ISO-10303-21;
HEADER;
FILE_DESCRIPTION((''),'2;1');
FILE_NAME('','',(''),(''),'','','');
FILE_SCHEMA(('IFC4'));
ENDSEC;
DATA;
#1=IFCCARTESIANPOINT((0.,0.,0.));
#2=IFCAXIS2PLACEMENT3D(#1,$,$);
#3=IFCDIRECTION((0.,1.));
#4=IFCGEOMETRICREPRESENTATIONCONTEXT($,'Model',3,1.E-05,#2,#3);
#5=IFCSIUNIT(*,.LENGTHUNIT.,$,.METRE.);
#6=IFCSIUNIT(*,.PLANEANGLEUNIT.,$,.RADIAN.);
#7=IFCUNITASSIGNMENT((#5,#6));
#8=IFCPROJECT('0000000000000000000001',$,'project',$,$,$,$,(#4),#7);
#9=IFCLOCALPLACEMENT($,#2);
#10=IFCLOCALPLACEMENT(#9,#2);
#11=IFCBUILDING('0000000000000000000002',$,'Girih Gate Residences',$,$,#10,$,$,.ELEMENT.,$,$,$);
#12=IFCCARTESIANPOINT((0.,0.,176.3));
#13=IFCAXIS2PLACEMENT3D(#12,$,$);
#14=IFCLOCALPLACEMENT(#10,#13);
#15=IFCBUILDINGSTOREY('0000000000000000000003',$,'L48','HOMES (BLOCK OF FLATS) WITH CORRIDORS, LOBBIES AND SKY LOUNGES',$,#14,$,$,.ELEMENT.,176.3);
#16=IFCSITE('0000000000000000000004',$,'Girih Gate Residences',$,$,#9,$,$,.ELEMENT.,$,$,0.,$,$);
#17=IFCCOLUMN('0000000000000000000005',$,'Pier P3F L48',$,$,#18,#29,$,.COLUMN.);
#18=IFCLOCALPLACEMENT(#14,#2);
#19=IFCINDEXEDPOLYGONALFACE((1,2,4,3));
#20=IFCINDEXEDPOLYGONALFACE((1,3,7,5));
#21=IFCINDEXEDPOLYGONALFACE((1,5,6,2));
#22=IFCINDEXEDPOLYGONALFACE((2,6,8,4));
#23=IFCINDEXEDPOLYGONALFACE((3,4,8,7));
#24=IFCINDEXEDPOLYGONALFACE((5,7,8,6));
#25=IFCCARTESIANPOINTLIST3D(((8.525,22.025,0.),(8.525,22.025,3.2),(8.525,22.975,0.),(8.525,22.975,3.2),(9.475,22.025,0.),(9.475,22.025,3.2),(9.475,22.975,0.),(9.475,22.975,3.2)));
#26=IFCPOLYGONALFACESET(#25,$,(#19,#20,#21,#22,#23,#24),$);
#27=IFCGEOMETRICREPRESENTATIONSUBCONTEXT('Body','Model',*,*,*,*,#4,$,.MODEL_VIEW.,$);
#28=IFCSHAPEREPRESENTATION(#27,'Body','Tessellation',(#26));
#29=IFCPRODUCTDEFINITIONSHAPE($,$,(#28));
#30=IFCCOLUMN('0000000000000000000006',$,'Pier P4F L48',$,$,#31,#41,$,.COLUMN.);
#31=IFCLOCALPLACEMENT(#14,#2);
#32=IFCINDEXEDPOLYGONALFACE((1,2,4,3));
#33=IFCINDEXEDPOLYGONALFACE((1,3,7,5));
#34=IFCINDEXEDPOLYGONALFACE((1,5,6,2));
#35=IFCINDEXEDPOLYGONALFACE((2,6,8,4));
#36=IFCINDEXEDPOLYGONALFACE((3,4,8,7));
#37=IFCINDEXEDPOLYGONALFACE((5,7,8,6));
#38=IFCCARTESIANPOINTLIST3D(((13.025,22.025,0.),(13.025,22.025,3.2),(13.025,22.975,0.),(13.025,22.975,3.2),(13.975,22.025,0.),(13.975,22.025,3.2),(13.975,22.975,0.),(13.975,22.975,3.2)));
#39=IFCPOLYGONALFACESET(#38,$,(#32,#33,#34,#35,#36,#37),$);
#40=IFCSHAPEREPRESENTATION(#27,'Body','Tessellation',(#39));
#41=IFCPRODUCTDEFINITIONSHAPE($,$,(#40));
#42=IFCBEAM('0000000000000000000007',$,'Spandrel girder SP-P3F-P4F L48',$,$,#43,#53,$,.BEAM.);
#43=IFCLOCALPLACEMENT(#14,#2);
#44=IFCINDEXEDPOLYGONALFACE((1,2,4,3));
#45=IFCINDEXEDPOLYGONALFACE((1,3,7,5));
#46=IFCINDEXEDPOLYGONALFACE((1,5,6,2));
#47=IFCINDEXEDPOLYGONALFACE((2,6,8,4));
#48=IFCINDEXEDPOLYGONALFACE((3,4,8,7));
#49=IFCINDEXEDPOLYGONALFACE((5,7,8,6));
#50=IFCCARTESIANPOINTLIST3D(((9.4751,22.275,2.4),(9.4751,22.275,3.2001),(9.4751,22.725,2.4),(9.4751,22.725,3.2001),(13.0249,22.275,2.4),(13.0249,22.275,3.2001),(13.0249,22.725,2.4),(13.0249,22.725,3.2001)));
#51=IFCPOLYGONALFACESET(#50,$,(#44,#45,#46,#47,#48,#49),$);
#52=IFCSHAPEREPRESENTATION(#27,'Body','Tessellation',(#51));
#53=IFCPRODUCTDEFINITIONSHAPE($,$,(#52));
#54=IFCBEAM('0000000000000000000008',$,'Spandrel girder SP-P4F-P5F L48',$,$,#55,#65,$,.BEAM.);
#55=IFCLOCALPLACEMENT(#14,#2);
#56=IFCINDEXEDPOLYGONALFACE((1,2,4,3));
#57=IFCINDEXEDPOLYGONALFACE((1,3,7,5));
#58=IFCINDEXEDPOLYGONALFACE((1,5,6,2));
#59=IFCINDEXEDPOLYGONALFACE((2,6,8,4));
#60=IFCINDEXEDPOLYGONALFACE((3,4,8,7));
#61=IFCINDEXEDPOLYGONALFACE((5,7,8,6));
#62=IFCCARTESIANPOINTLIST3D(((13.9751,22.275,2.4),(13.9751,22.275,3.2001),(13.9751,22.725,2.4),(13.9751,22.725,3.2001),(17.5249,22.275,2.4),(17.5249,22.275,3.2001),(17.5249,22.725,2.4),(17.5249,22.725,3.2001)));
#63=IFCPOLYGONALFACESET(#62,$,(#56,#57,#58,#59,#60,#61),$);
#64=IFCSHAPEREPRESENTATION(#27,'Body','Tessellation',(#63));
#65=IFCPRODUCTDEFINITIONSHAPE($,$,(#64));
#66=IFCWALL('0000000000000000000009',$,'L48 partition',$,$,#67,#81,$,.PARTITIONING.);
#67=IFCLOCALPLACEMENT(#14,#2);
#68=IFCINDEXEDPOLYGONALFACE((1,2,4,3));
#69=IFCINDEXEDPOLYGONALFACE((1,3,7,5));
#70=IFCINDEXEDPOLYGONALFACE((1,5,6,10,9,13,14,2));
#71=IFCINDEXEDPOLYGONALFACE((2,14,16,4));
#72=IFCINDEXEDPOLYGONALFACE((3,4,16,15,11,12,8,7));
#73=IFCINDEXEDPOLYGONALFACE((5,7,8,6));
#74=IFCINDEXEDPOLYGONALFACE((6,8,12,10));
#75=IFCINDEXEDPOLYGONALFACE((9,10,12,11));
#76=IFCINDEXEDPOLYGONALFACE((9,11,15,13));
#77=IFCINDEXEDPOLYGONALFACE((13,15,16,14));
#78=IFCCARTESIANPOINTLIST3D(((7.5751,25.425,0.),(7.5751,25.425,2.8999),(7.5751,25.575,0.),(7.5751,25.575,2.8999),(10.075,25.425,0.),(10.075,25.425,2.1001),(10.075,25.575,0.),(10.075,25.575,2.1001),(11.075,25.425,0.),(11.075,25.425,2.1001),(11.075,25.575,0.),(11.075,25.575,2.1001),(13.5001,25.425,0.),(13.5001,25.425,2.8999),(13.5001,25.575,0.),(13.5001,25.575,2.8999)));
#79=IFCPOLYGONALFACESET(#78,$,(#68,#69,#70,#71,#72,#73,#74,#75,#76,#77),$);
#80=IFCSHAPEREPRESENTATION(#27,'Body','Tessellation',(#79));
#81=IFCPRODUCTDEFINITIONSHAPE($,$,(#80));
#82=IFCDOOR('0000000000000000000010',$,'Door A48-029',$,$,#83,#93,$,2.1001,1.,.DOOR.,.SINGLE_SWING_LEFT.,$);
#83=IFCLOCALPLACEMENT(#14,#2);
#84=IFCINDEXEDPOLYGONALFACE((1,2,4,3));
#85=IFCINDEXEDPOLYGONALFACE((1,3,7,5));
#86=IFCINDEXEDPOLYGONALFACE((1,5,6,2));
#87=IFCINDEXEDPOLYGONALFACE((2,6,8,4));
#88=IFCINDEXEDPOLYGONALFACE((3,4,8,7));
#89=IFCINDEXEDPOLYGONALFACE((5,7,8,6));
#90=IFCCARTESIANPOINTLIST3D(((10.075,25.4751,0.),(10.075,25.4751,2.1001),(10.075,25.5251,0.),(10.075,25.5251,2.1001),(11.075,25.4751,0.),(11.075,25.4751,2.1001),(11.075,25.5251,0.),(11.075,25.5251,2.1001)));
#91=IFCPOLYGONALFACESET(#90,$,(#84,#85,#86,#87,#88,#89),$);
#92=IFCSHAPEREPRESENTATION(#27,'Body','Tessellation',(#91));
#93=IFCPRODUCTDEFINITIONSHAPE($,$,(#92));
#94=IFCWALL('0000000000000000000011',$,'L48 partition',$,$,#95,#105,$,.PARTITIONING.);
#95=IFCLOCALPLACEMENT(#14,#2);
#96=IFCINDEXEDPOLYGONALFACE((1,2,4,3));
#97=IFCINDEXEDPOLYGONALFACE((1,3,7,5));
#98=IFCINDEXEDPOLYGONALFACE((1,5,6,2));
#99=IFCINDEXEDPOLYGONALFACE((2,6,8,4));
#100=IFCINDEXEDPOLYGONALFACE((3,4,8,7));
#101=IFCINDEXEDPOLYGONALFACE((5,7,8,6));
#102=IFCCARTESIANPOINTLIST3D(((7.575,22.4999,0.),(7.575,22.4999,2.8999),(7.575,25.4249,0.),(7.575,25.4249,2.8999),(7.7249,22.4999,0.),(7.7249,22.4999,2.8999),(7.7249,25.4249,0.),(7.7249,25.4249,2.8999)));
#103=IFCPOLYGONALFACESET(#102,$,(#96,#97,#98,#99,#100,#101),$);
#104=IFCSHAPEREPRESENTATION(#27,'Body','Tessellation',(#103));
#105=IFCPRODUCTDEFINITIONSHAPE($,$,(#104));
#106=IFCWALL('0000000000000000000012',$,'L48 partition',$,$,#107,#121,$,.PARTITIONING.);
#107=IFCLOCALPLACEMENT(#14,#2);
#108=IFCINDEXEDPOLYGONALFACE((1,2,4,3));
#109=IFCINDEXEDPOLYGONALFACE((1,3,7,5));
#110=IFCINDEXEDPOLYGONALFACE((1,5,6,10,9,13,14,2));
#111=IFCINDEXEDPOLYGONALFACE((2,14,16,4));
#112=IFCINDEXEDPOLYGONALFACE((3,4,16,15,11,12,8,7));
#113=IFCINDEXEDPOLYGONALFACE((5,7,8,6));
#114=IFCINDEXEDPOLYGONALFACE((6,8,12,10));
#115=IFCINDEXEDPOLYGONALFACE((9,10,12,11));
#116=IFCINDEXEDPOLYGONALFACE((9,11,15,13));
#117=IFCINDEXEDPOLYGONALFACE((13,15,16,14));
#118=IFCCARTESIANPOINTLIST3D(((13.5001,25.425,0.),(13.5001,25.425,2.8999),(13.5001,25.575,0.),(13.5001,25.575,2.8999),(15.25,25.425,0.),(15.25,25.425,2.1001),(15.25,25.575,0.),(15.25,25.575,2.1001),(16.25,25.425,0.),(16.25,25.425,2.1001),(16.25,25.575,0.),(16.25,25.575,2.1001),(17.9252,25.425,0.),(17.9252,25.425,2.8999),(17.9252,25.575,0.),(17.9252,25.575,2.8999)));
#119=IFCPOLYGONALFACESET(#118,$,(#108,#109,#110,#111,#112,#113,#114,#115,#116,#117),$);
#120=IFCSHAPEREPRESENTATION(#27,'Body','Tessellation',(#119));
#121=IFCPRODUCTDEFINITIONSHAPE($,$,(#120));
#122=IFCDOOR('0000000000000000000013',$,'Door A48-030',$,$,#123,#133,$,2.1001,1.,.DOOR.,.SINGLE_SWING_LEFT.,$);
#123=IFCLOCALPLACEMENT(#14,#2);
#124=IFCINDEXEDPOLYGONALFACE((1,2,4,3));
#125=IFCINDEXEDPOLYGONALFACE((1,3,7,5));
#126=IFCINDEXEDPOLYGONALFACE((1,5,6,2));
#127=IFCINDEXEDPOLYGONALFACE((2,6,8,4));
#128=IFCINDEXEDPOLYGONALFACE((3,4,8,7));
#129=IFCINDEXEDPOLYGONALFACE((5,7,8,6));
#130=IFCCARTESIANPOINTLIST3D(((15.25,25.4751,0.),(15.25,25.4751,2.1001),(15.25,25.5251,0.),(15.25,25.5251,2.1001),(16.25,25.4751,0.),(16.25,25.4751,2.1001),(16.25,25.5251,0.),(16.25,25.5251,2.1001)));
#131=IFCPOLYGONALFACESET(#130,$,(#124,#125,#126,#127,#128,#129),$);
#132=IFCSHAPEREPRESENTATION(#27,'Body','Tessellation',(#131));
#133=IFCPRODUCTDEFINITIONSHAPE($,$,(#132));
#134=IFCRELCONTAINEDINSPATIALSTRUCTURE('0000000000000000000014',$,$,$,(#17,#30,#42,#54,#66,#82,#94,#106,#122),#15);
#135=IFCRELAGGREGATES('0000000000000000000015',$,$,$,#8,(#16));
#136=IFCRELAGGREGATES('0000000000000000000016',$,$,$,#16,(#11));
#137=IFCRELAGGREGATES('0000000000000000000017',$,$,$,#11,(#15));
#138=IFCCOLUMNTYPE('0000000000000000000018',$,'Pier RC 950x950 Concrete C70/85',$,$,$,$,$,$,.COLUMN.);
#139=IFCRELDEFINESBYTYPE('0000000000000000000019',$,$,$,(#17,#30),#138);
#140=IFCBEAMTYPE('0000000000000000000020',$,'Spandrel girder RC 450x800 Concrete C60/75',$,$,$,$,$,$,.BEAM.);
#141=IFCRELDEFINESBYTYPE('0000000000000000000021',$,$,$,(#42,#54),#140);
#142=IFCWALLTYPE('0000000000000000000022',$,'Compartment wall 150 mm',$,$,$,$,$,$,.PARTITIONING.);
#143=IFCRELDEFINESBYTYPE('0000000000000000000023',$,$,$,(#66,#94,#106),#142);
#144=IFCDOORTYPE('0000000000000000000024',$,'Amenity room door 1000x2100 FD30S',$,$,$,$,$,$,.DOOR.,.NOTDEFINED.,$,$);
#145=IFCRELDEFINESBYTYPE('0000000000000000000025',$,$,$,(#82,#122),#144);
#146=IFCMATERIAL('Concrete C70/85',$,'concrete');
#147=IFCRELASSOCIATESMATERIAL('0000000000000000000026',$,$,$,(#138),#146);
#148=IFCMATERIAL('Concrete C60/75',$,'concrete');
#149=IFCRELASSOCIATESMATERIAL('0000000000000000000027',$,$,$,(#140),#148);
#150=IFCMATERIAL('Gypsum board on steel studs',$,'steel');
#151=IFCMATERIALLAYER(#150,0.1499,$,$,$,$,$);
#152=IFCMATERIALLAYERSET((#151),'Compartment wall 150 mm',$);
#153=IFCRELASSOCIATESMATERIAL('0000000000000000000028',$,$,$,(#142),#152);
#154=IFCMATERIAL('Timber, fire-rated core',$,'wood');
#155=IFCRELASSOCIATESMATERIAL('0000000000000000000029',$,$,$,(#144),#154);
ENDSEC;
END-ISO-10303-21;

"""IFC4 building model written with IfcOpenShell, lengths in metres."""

from ifc_helpers import new_model, si_unit, direction, frame, frame_2d, origin, origin_2d, place, context, subcontext, project, spatial, rectangle, extrude, material, layer, layer_set, material_profile, profile_set, type_object, element, fill, save


model = new_model("IFC4")

# Units and contexts
model_context = context("Model", 3, precision=1e-05, world=origin(), true_north=direction((0.0, 1.0)))
body_context = subcontext(model_context, "Body", "Model", "MODEL_VIEW")
ifc_project = project(units=[si_unit("LENGTHUNIT", "METRE"), si_unit("PLANEANGLEUNIT", "RADIAN")], contexts=[model_context])

# Site, building, storey
site_placement = place(None, origin())
site = spatial("IfcSite", under=ifc_project, at=site_placement, Name="Girih Gate Residences", CompositionType="ELEMENT", RefElevation=0.0)
building_placement = place(site_placement, origin())
building = spatial("IfcBuilding", under=site, at=building_placement, Name="Girih Gate Residences", CompositionType="ELEMENT")
storey_placement = place(building_placement, frame((0.0, 0.0, 176.3)))
storey = spatial("IfcBuildingStorey", under=building, at=storey_placement, Name="L48", Description="HOMES (BLOCK OF FLATS) WITH CORRIDORS, LOBBIES AND SKY LOUNGES", CompositionType="ELEMENT", Elevation=176.3)

# Columns
ifc_material_1 = material(Name="Concrete C70/85", Category="concrete")
ifc_material_profile_1 = material_profile(ifc_material_1, rectangle(XDim=0.95, YDim=0.95, at=origin_2d()))
ifc_profile_set_1 = profile_set([ifc_material_profile_1], Name="Concrete C70/85")
column_type = type_object("IfcColumnType", Name="Pier RC 950x950 Concrete C70/85", PredefinedType="COLUMN", material=ifc_profile_set_1)
for number, where, z_axis, x_axis, name in (
    (1, (9.0, 22.5, 0.0), (0.0, 0.0, 1.0), (1.0, 0.0, 0.0), "Pier P3F L48"),
    (2, (13.5, 22.5, 0.0), (0.0, 0.0, 1.0), (1.0, 0.0, 0.0), "Pier P4F L48"),
):
    element("IfcColumn", number, at=place(storey_placement, frame(where, z_axis=z_axis, x_axis=x_axis)), inside=storey, type_object=column_type, Name=name, PredefinedType="COLUMN", context=body_context, shape_type="SweptSolid", body=[
        extrude(rectangle(XDim=0.95, YDim=0.95, at=origin_2d()), origin(), (0.0, 0.0, 1.0), 3.2),
    ])

# Beams
ifc_material_2 = material(Name="Concrete C60/75", Category="concrete")
ifc_material_profile_2 = material_profile(ifc_material_2, rectangle(XDim=0.45, YDim=0.8, at=origin_2d()))
ifc_profile_set_2 = profile_set([ifc_material_profile_2], Name="Concrete C60/75")
beam_type = type_object("IfcBeamType", Name="Spandrel girder RC 450x800 Concrete C60/75", PredefinedType="BEAM", material=ifc_profile_set_2)
for number, where, z_axis, x_axis, name in (
    (3, (9.4751, 22.5, 2.8), (1.0, 0.0, 0.0), (0.0, 1.0, 0.0), "Spandrel girder SP-P3F-P4F L48"),
    (4, (13.9751, 22.5, 2.8), (1.0, 0.0, 0.0), (0.0, 1.0, 0.0), "Spandrel girder SP-P4F-P5F L48"),
):
    element("IfcBeam", number, at=place(storey_placement, frame(where, z_axis=z_axis, x_axis=x_axis)), inside=storey, type_object=beam_type, Name=name, PredefinedType="BEAM", context=body_context, shape_type="SweptSolid", body=[
        extrude(rectangle(XDim=0.45, YDim=0.8, at=origin_2d()), origin(), (0.0, 0.0, 1.0), 3.5498),
    ])

# Wall, opening, door
ifc_material_3 = material(Name="Gypsum board on steel studs", Category="steel")
ifc_layer_1 = layer(ifc_material_3, 0.1499)
ifc_layer_set_1 = layer_set([ifc_layer_1], Name="Compartment wall 150 mm")
wall_type_1 = type_object("IfcWallType", Name="Compartment wall 150 mm", PredefinedType="PARTITIONING", material=ifc_layer_set_1)
wall_1_placement = place(storey_placement, frame((13.5, 25.5, 0.0), z_axis=(0.0, 0.0, 1.0), x_axis=(-1.0, 0.0, 0.0)))
wall_1 = element("IfcWall", 5, at=wall_1_placement, inside=storey, type_object=wall_type_1, Name="L48 partition", PredefinedType="PARTITIONING", context=body_context, shape_type="SweptSolid", body=[
    extrude(rectangle(XDim=5.925, YDim=0.1499, at=frame_2d((2.9624, 0.0))), origin(), (0.0, 0.0, 1.0), 2.8999),
])
opening_1_placement = place(wall_1_placement, frame((2.425, 0.0, 0.0)))
opening_1 = element("IfcOpeningElement", 6, at=opening_1_placement, cuts=wall_1, PredefinedType="OPENING", context=body_context, shape_type="SweptSolid", body=[
    extrude(rectangle(XDim=1.0, YDim=2.1001, at=frame_2d((0.5, 1.05))), frame((0.0, 0.085, 0.0), z_axis=(0.0, -1.0, 0.0), x_axis=(1.0, 0.0, 0.0)), (0.0, 0.0, 1.0), 0.1699),
])
ifc_material_4 = material(Name="Timber, fire-rated core", Category="wood")
door_type_1 = type_object("IfcDoorType", Name="Amenity room door 1000x2100 FD30S", OperationType="NOTDEFINED", PredefinedType="DOOR", material=ifc_material_4)
door_1_placement = place(opening_1_placement, origin())
door_1 = element("IfcDoor", 7, at=door_1_placement, inside=storey, type_object=door_type_1, Name="Door A48-029", OperationType="SINGLE_SWING_LEFT", OverallHeight=2.1001, OverallWidth=1.0, PredefinedType="DOOR", context=body_context, shape_type="SweptSolid", body=[
    extrude(rectangle(XDim=1.0, YDim=2.1001, at=frame_2d((0.5, 1.05))), frame((0.0, 0.0249, 0.0), z_axis=(0.0, -1.0, 0.0), x_axis=(1.0, 0.0, 0.0)), (0.0, 0.0, 1.0), 0.05),
])
fill(opening_1, door_1)

# Wall
wall_2_placement = place(storey_placement, frame((7.6499, 22.5, 0.0), z_axis=(0.0, 0.0, 1.0), x_axis=(0.0, 1.0, 0.0)))
element("IfcWall", 8, at=wall_2_placement, inside=storey, type_object=wall_type_1, Name="L48 partition", PredefinedType="PARTITIONING", context=body_context, shape_type="SweptSolid", body=[
    extrude(rectangle(XDim=2.925, YDim=0.1499, at=frame_2d((1.4624, 0.0))), origin(), (0.0, 0.0, 1.0), 2.8999),
])

# Wall, opening, door
wall_3_placement = place(storey_placement, frame((17.925, 25.5, 0.0), z_axis=(0.0, 0.0, 1.0), x_axis=(-1.0, 0.0, 0.0)))
wall_3 = element("IfcWall", 9, at=wall_3_placement, inside=storey, type_object=wall_type_1, Name="L48 partition", PredefinedType="PARTITIONING", context=body_context, shape_type="SweptSolid", body=[
    extrude(rectangle(XDim=4.425, YDim=0.1499, at=frame_2d((2.2124, 0.0))), origin(), (0.0, 0.0, 1.0), 2.8999),
])
opening_2_placement = place(wall_3_placement, frame((1.675, 0.0, 0.0)))
opening_2 = element("IfcOpeningElement", 10, at=opening_2_placement, cuts=wall_3, PredefinedType="OPENING", context=body_context, shape_type="SweptSolid", body=[
    extrude(rectangle(XDim=1.0, YDim=2.1001, at=frame_2d((0.5, 1.05))), frame((0.0, 0.085, 0.0), z_axis=(0.0, -1.0, 0.0), x_axis=(1.0, 0.0, 0.0)), (0.0, 0.0, 1.0), 0.1699),
])
door_2_placement = place(opening_2_placement, origin())
door_2 = element("IfcDoor", 11, at=door_2_placement, inside=storey, type_object=door_type_1, Name="Door A48-030", OperationType="SINGLE_SWING_LEFT", OverallHeight=2.1001, OverallWidth=1.0, PredefinedType="DOOR", context=body_context, shape_type="SweptSolid", body=[
    extrude(rectangle(XDim=1.0, YDim=2.1001, at=frame_2d((0.5, 1.05))), frame((0.0, 0.0249, 0.0), z_axis=(0.0, -1.0, 0.0), x_axis=(1.0, 0.0, 0.0)), (0.0, 0.0, 1.0), 0.05),
])
fill(opening_2, door_2)

save(model, "model.ifc")
